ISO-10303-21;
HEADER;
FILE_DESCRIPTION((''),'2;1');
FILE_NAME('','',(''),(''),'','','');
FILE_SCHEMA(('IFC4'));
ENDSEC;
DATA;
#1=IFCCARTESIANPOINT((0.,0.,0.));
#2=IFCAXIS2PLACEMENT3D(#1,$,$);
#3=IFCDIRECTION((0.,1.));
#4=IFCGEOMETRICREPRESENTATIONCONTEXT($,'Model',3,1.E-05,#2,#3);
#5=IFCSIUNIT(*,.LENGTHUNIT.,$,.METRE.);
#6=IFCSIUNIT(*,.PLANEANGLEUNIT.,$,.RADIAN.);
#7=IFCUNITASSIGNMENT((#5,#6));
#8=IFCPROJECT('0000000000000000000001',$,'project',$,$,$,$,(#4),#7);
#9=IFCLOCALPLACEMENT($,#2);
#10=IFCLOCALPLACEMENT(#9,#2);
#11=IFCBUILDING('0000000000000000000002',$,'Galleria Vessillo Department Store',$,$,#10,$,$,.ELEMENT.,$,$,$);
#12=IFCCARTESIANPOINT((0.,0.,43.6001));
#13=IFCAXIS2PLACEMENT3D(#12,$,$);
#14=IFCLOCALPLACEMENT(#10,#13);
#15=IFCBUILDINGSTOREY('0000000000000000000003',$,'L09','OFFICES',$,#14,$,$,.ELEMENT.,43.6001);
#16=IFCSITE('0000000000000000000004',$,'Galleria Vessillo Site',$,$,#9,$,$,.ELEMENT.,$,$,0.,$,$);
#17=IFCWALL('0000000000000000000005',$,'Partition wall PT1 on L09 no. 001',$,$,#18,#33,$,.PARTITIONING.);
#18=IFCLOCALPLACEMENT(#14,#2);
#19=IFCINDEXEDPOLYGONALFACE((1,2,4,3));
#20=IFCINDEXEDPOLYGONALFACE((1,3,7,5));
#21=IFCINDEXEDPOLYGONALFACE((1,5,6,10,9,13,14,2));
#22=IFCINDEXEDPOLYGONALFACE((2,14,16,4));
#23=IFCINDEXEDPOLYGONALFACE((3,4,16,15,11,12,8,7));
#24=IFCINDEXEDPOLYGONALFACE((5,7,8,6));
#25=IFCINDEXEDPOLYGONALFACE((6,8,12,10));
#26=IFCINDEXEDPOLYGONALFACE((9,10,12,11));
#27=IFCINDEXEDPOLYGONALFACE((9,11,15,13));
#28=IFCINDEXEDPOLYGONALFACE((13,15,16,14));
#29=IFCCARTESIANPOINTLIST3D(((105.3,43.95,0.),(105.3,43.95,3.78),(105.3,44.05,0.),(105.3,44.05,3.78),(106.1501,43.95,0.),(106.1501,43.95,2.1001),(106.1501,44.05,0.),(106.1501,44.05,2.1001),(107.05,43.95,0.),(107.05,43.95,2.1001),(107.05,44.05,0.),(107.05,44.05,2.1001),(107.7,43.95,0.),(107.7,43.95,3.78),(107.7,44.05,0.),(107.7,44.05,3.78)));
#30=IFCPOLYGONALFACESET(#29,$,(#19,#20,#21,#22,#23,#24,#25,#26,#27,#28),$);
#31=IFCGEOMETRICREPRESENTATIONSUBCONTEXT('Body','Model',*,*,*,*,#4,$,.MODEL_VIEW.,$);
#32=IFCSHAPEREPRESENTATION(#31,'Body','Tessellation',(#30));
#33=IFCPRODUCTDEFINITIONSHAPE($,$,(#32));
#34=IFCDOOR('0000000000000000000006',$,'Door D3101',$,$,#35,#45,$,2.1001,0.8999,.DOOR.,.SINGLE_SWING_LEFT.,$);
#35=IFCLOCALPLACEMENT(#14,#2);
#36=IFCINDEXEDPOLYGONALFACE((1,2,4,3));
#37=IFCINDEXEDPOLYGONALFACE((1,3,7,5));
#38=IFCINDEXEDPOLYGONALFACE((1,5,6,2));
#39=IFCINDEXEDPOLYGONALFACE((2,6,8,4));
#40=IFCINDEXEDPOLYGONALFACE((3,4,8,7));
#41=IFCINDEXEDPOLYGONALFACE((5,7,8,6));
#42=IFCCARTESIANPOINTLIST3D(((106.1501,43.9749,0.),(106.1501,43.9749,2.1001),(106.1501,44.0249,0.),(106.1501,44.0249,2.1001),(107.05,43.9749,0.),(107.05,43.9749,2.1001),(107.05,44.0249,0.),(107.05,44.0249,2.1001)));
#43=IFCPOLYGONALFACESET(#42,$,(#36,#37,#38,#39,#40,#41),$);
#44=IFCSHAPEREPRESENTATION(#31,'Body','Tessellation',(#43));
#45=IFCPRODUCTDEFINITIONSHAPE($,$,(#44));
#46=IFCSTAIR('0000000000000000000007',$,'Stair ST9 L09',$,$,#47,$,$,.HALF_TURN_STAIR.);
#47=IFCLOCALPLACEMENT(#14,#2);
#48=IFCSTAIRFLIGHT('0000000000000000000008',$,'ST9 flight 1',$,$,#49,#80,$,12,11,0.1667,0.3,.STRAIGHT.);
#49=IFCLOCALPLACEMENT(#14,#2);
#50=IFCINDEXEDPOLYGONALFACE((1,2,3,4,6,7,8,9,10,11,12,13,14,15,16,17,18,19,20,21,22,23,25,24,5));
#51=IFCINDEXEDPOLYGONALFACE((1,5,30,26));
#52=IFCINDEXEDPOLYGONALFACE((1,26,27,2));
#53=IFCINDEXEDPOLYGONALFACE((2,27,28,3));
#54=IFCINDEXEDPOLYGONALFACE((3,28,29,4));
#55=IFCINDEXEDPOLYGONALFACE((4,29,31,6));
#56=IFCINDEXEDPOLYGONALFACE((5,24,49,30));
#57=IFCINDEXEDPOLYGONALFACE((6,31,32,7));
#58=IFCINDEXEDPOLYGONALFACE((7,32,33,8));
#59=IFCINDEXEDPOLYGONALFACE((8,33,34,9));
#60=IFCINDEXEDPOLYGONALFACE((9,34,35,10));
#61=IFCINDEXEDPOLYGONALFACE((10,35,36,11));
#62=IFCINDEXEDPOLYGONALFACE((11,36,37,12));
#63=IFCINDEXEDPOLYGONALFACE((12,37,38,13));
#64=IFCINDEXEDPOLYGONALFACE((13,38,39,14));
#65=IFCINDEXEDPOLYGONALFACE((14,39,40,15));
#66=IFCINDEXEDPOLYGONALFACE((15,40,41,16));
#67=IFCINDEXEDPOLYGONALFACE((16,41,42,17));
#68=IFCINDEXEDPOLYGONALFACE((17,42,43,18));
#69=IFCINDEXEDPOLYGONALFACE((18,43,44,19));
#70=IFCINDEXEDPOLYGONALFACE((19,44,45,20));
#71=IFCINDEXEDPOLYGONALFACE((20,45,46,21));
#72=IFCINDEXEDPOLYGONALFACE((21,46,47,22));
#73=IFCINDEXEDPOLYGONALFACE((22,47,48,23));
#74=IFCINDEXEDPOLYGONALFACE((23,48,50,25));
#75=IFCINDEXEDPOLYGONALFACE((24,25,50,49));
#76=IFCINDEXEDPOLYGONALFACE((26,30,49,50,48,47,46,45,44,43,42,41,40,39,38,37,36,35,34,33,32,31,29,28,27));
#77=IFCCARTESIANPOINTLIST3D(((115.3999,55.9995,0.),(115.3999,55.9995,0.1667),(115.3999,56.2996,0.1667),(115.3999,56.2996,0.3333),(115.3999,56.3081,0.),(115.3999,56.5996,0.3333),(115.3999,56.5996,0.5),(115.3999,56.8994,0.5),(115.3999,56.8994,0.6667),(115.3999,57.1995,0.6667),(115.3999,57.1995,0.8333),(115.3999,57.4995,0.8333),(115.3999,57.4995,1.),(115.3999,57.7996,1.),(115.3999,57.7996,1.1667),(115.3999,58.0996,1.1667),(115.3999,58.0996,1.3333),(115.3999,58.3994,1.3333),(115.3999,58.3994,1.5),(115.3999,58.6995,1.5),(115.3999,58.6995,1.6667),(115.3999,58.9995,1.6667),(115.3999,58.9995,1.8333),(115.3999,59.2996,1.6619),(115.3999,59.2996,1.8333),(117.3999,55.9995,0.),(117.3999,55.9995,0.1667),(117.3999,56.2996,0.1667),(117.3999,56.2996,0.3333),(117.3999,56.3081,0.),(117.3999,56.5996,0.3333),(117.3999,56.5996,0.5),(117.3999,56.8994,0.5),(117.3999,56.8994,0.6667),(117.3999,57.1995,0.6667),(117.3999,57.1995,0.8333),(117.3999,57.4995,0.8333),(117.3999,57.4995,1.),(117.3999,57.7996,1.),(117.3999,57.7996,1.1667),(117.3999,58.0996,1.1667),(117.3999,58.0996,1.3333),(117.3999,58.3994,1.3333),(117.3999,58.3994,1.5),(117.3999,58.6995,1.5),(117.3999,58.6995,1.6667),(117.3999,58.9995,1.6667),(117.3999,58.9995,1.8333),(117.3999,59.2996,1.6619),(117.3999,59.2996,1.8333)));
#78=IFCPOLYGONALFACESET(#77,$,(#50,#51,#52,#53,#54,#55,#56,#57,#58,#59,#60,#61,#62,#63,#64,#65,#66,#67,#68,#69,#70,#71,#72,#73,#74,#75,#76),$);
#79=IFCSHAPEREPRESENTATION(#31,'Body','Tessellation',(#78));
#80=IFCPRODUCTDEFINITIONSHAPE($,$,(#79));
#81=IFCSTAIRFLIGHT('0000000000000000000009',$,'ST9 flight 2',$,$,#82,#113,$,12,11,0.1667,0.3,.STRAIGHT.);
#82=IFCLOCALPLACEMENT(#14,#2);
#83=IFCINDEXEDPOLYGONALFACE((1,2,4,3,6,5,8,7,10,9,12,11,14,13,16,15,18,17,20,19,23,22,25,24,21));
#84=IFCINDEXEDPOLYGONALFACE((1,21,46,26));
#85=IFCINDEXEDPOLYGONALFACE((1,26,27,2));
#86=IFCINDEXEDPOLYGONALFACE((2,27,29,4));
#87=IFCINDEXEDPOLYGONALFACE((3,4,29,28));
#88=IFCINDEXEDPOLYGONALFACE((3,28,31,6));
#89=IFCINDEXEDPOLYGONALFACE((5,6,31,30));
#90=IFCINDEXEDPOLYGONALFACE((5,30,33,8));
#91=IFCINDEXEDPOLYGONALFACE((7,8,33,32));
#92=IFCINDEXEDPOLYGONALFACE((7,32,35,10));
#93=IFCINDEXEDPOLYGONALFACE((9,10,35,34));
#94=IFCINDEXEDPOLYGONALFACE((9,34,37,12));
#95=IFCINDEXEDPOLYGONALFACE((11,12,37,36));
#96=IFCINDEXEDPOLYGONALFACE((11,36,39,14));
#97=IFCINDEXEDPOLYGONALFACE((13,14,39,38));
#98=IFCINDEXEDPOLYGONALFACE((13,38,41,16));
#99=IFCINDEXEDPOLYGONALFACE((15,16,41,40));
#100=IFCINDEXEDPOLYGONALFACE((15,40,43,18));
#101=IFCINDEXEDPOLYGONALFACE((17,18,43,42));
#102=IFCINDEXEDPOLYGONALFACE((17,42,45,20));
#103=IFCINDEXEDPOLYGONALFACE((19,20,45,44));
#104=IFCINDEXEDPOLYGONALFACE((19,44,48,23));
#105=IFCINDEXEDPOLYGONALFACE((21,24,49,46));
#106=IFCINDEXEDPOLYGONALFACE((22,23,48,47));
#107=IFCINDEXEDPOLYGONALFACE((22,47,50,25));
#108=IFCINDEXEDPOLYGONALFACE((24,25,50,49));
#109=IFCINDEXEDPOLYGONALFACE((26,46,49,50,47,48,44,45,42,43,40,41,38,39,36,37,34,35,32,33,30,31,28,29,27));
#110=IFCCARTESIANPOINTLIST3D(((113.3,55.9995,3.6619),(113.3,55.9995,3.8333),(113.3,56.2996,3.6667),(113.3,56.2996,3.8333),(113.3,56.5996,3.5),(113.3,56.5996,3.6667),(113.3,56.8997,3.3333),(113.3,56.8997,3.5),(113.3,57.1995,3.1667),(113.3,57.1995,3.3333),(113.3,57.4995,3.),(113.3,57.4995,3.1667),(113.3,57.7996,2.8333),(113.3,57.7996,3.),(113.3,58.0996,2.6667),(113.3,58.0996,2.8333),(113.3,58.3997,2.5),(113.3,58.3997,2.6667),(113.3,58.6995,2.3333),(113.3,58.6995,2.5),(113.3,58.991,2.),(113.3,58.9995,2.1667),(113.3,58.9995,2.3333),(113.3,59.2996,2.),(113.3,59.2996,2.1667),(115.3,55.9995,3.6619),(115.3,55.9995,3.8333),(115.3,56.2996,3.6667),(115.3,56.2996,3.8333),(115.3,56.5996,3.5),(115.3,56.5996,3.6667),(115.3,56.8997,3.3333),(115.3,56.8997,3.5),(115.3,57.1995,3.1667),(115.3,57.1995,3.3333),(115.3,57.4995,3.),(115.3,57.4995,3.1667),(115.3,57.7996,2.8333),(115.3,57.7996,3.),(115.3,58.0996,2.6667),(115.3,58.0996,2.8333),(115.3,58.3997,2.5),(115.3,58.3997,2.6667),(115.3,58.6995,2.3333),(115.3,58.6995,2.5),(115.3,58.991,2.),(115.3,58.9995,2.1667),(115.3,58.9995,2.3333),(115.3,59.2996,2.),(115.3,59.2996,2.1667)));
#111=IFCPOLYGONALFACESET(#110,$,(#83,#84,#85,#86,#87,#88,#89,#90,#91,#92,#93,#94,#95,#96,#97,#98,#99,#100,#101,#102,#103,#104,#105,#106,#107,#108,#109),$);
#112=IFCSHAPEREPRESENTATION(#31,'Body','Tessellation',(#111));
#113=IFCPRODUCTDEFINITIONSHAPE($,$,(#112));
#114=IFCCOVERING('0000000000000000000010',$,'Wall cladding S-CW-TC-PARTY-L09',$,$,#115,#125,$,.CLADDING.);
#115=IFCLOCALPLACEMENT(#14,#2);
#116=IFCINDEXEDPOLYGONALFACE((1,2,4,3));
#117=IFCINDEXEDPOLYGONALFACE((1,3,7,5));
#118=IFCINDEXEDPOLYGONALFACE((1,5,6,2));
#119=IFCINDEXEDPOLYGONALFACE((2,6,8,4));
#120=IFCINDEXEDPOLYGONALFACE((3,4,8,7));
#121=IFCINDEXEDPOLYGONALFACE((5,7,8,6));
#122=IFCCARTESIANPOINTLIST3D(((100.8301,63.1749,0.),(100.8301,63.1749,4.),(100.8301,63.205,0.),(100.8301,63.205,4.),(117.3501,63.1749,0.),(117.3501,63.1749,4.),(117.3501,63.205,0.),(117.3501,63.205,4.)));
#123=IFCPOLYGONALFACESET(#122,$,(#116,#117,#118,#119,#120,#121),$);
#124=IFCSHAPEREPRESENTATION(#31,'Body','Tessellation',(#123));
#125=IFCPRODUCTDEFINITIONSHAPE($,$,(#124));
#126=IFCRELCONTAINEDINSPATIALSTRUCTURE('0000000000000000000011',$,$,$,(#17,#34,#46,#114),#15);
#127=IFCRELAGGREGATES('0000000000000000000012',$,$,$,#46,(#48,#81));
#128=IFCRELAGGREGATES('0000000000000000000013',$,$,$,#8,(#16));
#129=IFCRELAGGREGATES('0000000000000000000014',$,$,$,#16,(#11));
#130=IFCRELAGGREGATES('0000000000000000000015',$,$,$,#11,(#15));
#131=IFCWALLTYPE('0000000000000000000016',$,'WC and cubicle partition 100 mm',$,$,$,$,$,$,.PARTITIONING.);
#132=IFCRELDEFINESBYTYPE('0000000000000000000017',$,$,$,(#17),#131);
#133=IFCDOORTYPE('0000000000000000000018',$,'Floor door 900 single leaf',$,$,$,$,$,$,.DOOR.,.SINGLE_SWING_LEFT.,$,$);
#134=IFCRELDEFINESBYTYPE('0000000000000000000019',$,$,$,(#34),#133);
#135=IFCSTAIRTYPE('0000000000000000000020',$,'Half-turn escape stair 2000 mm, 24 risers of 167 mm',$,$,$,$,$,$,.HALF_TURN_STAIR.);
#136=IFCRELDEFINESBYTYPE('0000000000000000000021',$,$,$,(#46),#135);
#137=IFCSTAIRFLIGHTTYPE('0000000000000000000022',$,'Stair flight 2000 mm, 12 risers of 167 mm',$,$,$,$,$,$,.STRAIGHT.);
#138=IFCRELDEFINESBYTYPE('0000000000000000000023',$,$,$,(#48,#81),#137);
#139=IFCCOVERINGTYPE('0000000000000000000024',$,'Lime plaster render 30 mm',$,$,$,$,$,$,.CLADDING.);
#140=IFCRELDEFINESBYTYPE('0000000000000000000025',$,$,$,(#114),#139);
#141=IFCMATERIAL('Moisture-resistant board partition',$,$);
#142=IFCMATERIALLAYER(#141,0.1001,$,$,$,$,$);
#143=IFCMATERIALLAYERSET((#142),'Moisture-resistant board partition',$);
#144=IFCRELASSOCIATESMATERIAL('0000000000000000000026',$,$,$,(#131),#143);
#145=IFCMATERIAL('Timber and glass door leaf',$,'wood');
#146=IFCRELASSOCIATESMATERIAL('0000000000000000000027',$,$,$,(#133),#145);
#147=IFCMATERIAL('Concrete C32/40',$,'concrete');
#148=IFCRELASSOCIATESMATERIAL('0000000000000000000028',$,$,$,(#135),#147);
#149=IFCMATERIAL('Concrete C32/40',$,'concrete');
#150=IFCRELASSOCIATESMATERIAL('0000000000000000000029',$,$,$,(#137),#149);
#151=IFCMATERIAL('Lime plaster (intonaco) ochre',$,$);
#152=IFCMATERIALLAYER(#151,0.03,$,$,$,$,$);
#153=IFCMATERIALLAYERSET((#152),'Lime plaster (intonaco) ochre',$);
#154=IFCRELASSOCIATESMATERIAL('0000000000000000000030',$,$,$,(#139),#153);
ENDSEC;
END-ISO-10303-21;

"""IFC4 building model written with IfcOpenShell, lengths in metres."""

from ifc_helpers import new_model, si_unit, direction, frame, frame_2d, origin, origin_2d, place, context, subcontext, project, spatial, polyline, rectangle, outline, extrude, material, layer, layer_set, type_object, element, fill, aggregate, save


model = new_model("IFC4")

# Units and contexts
model_context = context("Model", 3, precision=1e-05, world=origin(), true_north=direction((0.0, 1.0)))
body_context = subcontext(model_context, "Body", "Model", "MODEL_VIEW")
ifc_project = project(units=[si_unit("LENGTHUNIT", "METRE"), si_unit("PLANEANGLEUNIT", "RADIAN")], contexts=[model_context])

# Site, building, storey
site_placement = place(None, origin())
site = spatial("IfcSite", under=ifc_project, at=site_placement, Name="Galleria Vessillo Site", CompositionType="ELEMENT", RefElevation=0.0)
building_placement = place(site_placement, origin())
building = spatial("IfcBuilding", under=site, at=building_placement, Name="Galleria Vessillo Department Store", CompositionType="ELEMENT")
storey_placement = place(building_placement, frame((0.0, 0.0, 43.6001)))
storey = spatial("IfcBuildingStorey", under=building, at=storey_placement, Name="L09", Description="OFFICES", CompositionType="ELEMENT", Elevation=43.6001)

# Wall, opening, door
ifc_material_1 = material(Name="Moisture-resistant board partition")
ifc_layer_1 = layer(ifc_material_1, 0.1001)
ifc_layer_set_1 = layer_set([ifc_layer_1], Name="Moisture-resistant board partition")
wall_type_1 = type_object("IfcWallType", Name="WC and cubicle partition 100 mm", PredefinedType="PARTITIONING", material=ifc_layer_set_1)
wall_1_placement = place(storey_placement, frame((105.3, 44.0, 0.0), z_axis=(0.0, 0.0, 1.0), x_axis=(1.0, 0.0, 0.0)))
wall_1 = element("IfcWall", 1, at=wall_1_placement, inside=storey, type_object=wall_type_1, Name="Partition wall PT1 on L09 no. 001", PredefinedType="PARTITIONING", context=body_context, shape_type="SweptSolid", body=[
    extrude(rectangle(XDim=2.3999, YDim=0.1001, at=frame_2d((1.2, 0.0))), origin(), (0.0, 0.0, 1.0), 3.78),
])
opening_1_placement = place(wall_1_placement, frame((0.8501, 0.0, 0.0)))
opening_1 = element("IfcOpeningElement", 2, at=opening_1_placement, cuts=wall_1, PredefinedType="OPENING", context=body_context, shape_type="SweptSolid", body=[
    extrude(rectangle(XDim=0.8999, YDim=2.1001, at=frame_2d((0.45, 1.05))), frame((0.0, 0.0601, 0.0), z_axis=(0.0, -1.0, 0.0), x_axis=(1.0, 0.0, 0.0)), (0.0, 0.0, 1.0), 0.1201),
])
ifc_material_2 = material(Name="Timber and glass door leaf", Category="wood")
door_type_1 = type_object("IfcDoorType", Name="Floor door 900 single leaf", OperationType="SINGLE_SWING_LEFT", PredefinedType="DOOR", material=ifc_material_2)
door_1_placement = place(opening_1_placement, origin())
door_1 = element("IfcDoor", 3, at=door_1_placement, inside=storey, type_object=door_type_1, Name="Door D3101", OperationType="SINGLE_SWING_LEFT", OverallHeight=2.1001, OverallWidth=0.8999, PredefinedType="DOOR", context=body_context, shape_type="SweptSolid", body=[
    extrude(rectangle(XDim=0.8999, YDim=2.1001, at=frame_2d((0.45, 1.05))), frame((0.0, 0.0249, 0.0), z_axis=(0.0, -1.0, 0.0), x_axis=(1.0, 0.0, 0.0)), (0.0, 0.0, 1.0), 0.05),
])
fill(opening_1, door_1)

# Stair, stair flights
ifc_material_3 = material(Name="Concrete C32/40", Category="concrete")
stair_type = type_object("IfcStairType", Name="Half-turn escape stair 2000 mm, 24 risers of 167 mm", PredefinedType="HALF_TURN_STAIR", material=ifc_material_3)
stair_placement = place(storey_placement, origin())
stair = element("IfcStair", 4, at=stair_placement, inside=storey, type_object=stair_type, Name="Stair ST9 L09", PredefinedType="HALF_TURN_STAIR")
ifc_material_4 = material(Name="Concrete C32/40", Category="concrete")
stair_flight_type = type_object("IfcStairFlightType", Name="Stair flight 2000 mm, 12 risers of 167 mm", PredefinedType="STRAIGHT", material=ifc_material_4)
stair_flight_1_placement = place(storey_placement, frame((116.3999, 55.9995, 0.0), z_axis=(0.0, 0.0, 1.0), x_axis=(0.0, 1.0, 0.0)))
stair_flight_1 = element("IfcStairFlight", 5, at=stair_flight_1_placement, type_object=stair_flight_type, Name="ST9 flight 1", NumberOfRisers=12, NumberOfTreads=11, PredefinedType="STRAIGHT", RiserHeight=0.1667, TreadLength=0.3, context=body_context, shape_type="SweptSolid", body=[
    extrude(outline(polyline([(0.0, 0.0), (0.0, 0.1667), (0.3, 0.1667), (0.3, 0.3333), (0.6001, 0.3333), (0.6001, 0.5), (0.8999, 0.5), (0.8999, 0.6667), (1.2, 0.6667), (1.2, 0.8333), (1.5, 0.8333), (1.5, 1.0), (1.8, 1.0), (1.8, 1.1667), (2.1001, 1.1667), (2.1001, 1.3333), (2.3999, 1.3333), (2.3999, 1.5), (2.7, 1.5), (2.7, 1.6667), (3.0, 1.6667), (3.0, 1.8333), (3.3, 1.8333), (3.3, 2.0), (3.3, 1.6619), (0.3086, 0.0), (0.0, 0.0)])), frame((0.0, 1.0, 0.0), z_axis=(0.0, -1.0, 0.0), x_axis=(1.0, 0.0, 0.0)), (0.0, 0.0, 1.0), 2.0),
])
stair_flight_2_placement = place(storey_placement, frame((114.3, 59.2996, 2.0), z_axis=(0.0, 0.0, 1.0), x_axis=(0.0, -1.0, 0.0)))
stair_flight_2 = element("IfcStairFlight", 6, at=stair_flight_2_placement, type_object=stair_flight_type, Name="ST9 flight 2", NumberOfRisers=12, NumberOfTreads=11, PredefinedType="STRAIGHT", RiserHeight=0.1667, TreadLength=0.3, context=body_context, shape_type="SweptSolid", body=[
    extrude(outline(polyline([(0.0, 0.0), (0.0, 0.1667), (0.3, 0.1667), (0.3, 0.3333), (0.6001, 0.3333), (0.6001, 0.5), (0.8999, 0.5), (0.8999, 0.6667), (1.2, 0.6667), (1.2, 0.8333), (1.5, 0.8333), (1.5, 1.0), (1.8, 1.0), (1.8, 1.1667), (2.1001, 1.1667), (2.1001, 1.3333), (2.3999, 1.3333), (2.3999, 1.5), (2.7, 1.5), (2.7, 1.6667), (3.0, 1.6667), (3.0, 1.8333), (3.3, 1.8333), (3.3, 2.0), (3.3, 1.6619), (0.3086, 0.0), (0.0, 0.0)])), frame((0.0, 1.0, 0.0), z_axis=(0.0, -1.0, 0.0), x_axis=(1.0, 0.0, 0.0)), (0.0, 0.0, 1.0), 2.0),
])
aggregate(stair, [stair_flight_1, stair_flight_2])

# Covering
ifc_material_5 = material(Name="Lime plaster (intonaco) ochre")
ifc_layer_2 = layer(ifc_material_5, 0.03)
ifc_layer_set_2 = layer_set([ifc_layer_2], Name="Lime plaster (intonaco) ochre")
covering_type = type_object("IfcCoveringType", Name="Lime plaster render 30 mm", PredefinedType="CLADDING", material=ifc_layer_set_2)
covering_placement = place(storey_placement, frame((109.0901, 63.1899, 0.0), z_axis=(0.0, 0.0, 1.0), x_axis=(1.0, 0.0, 0.0)))
element("IfcCovering", 7, at=covering_placement, inside=storey, type_object=covering_type, Name="Wall cladding S-CW-TC-PARTY-L09", PredefinedType="CLADDING", context=body_context, shape_type="SweptSolid", body=[
    extrude(rectangle(XDim=16.52, YDim=0.03, at=origin_2d()), origin(), (0.0, 0.0, 1.0), 4.0),
])

save(model, "model.ifc")
